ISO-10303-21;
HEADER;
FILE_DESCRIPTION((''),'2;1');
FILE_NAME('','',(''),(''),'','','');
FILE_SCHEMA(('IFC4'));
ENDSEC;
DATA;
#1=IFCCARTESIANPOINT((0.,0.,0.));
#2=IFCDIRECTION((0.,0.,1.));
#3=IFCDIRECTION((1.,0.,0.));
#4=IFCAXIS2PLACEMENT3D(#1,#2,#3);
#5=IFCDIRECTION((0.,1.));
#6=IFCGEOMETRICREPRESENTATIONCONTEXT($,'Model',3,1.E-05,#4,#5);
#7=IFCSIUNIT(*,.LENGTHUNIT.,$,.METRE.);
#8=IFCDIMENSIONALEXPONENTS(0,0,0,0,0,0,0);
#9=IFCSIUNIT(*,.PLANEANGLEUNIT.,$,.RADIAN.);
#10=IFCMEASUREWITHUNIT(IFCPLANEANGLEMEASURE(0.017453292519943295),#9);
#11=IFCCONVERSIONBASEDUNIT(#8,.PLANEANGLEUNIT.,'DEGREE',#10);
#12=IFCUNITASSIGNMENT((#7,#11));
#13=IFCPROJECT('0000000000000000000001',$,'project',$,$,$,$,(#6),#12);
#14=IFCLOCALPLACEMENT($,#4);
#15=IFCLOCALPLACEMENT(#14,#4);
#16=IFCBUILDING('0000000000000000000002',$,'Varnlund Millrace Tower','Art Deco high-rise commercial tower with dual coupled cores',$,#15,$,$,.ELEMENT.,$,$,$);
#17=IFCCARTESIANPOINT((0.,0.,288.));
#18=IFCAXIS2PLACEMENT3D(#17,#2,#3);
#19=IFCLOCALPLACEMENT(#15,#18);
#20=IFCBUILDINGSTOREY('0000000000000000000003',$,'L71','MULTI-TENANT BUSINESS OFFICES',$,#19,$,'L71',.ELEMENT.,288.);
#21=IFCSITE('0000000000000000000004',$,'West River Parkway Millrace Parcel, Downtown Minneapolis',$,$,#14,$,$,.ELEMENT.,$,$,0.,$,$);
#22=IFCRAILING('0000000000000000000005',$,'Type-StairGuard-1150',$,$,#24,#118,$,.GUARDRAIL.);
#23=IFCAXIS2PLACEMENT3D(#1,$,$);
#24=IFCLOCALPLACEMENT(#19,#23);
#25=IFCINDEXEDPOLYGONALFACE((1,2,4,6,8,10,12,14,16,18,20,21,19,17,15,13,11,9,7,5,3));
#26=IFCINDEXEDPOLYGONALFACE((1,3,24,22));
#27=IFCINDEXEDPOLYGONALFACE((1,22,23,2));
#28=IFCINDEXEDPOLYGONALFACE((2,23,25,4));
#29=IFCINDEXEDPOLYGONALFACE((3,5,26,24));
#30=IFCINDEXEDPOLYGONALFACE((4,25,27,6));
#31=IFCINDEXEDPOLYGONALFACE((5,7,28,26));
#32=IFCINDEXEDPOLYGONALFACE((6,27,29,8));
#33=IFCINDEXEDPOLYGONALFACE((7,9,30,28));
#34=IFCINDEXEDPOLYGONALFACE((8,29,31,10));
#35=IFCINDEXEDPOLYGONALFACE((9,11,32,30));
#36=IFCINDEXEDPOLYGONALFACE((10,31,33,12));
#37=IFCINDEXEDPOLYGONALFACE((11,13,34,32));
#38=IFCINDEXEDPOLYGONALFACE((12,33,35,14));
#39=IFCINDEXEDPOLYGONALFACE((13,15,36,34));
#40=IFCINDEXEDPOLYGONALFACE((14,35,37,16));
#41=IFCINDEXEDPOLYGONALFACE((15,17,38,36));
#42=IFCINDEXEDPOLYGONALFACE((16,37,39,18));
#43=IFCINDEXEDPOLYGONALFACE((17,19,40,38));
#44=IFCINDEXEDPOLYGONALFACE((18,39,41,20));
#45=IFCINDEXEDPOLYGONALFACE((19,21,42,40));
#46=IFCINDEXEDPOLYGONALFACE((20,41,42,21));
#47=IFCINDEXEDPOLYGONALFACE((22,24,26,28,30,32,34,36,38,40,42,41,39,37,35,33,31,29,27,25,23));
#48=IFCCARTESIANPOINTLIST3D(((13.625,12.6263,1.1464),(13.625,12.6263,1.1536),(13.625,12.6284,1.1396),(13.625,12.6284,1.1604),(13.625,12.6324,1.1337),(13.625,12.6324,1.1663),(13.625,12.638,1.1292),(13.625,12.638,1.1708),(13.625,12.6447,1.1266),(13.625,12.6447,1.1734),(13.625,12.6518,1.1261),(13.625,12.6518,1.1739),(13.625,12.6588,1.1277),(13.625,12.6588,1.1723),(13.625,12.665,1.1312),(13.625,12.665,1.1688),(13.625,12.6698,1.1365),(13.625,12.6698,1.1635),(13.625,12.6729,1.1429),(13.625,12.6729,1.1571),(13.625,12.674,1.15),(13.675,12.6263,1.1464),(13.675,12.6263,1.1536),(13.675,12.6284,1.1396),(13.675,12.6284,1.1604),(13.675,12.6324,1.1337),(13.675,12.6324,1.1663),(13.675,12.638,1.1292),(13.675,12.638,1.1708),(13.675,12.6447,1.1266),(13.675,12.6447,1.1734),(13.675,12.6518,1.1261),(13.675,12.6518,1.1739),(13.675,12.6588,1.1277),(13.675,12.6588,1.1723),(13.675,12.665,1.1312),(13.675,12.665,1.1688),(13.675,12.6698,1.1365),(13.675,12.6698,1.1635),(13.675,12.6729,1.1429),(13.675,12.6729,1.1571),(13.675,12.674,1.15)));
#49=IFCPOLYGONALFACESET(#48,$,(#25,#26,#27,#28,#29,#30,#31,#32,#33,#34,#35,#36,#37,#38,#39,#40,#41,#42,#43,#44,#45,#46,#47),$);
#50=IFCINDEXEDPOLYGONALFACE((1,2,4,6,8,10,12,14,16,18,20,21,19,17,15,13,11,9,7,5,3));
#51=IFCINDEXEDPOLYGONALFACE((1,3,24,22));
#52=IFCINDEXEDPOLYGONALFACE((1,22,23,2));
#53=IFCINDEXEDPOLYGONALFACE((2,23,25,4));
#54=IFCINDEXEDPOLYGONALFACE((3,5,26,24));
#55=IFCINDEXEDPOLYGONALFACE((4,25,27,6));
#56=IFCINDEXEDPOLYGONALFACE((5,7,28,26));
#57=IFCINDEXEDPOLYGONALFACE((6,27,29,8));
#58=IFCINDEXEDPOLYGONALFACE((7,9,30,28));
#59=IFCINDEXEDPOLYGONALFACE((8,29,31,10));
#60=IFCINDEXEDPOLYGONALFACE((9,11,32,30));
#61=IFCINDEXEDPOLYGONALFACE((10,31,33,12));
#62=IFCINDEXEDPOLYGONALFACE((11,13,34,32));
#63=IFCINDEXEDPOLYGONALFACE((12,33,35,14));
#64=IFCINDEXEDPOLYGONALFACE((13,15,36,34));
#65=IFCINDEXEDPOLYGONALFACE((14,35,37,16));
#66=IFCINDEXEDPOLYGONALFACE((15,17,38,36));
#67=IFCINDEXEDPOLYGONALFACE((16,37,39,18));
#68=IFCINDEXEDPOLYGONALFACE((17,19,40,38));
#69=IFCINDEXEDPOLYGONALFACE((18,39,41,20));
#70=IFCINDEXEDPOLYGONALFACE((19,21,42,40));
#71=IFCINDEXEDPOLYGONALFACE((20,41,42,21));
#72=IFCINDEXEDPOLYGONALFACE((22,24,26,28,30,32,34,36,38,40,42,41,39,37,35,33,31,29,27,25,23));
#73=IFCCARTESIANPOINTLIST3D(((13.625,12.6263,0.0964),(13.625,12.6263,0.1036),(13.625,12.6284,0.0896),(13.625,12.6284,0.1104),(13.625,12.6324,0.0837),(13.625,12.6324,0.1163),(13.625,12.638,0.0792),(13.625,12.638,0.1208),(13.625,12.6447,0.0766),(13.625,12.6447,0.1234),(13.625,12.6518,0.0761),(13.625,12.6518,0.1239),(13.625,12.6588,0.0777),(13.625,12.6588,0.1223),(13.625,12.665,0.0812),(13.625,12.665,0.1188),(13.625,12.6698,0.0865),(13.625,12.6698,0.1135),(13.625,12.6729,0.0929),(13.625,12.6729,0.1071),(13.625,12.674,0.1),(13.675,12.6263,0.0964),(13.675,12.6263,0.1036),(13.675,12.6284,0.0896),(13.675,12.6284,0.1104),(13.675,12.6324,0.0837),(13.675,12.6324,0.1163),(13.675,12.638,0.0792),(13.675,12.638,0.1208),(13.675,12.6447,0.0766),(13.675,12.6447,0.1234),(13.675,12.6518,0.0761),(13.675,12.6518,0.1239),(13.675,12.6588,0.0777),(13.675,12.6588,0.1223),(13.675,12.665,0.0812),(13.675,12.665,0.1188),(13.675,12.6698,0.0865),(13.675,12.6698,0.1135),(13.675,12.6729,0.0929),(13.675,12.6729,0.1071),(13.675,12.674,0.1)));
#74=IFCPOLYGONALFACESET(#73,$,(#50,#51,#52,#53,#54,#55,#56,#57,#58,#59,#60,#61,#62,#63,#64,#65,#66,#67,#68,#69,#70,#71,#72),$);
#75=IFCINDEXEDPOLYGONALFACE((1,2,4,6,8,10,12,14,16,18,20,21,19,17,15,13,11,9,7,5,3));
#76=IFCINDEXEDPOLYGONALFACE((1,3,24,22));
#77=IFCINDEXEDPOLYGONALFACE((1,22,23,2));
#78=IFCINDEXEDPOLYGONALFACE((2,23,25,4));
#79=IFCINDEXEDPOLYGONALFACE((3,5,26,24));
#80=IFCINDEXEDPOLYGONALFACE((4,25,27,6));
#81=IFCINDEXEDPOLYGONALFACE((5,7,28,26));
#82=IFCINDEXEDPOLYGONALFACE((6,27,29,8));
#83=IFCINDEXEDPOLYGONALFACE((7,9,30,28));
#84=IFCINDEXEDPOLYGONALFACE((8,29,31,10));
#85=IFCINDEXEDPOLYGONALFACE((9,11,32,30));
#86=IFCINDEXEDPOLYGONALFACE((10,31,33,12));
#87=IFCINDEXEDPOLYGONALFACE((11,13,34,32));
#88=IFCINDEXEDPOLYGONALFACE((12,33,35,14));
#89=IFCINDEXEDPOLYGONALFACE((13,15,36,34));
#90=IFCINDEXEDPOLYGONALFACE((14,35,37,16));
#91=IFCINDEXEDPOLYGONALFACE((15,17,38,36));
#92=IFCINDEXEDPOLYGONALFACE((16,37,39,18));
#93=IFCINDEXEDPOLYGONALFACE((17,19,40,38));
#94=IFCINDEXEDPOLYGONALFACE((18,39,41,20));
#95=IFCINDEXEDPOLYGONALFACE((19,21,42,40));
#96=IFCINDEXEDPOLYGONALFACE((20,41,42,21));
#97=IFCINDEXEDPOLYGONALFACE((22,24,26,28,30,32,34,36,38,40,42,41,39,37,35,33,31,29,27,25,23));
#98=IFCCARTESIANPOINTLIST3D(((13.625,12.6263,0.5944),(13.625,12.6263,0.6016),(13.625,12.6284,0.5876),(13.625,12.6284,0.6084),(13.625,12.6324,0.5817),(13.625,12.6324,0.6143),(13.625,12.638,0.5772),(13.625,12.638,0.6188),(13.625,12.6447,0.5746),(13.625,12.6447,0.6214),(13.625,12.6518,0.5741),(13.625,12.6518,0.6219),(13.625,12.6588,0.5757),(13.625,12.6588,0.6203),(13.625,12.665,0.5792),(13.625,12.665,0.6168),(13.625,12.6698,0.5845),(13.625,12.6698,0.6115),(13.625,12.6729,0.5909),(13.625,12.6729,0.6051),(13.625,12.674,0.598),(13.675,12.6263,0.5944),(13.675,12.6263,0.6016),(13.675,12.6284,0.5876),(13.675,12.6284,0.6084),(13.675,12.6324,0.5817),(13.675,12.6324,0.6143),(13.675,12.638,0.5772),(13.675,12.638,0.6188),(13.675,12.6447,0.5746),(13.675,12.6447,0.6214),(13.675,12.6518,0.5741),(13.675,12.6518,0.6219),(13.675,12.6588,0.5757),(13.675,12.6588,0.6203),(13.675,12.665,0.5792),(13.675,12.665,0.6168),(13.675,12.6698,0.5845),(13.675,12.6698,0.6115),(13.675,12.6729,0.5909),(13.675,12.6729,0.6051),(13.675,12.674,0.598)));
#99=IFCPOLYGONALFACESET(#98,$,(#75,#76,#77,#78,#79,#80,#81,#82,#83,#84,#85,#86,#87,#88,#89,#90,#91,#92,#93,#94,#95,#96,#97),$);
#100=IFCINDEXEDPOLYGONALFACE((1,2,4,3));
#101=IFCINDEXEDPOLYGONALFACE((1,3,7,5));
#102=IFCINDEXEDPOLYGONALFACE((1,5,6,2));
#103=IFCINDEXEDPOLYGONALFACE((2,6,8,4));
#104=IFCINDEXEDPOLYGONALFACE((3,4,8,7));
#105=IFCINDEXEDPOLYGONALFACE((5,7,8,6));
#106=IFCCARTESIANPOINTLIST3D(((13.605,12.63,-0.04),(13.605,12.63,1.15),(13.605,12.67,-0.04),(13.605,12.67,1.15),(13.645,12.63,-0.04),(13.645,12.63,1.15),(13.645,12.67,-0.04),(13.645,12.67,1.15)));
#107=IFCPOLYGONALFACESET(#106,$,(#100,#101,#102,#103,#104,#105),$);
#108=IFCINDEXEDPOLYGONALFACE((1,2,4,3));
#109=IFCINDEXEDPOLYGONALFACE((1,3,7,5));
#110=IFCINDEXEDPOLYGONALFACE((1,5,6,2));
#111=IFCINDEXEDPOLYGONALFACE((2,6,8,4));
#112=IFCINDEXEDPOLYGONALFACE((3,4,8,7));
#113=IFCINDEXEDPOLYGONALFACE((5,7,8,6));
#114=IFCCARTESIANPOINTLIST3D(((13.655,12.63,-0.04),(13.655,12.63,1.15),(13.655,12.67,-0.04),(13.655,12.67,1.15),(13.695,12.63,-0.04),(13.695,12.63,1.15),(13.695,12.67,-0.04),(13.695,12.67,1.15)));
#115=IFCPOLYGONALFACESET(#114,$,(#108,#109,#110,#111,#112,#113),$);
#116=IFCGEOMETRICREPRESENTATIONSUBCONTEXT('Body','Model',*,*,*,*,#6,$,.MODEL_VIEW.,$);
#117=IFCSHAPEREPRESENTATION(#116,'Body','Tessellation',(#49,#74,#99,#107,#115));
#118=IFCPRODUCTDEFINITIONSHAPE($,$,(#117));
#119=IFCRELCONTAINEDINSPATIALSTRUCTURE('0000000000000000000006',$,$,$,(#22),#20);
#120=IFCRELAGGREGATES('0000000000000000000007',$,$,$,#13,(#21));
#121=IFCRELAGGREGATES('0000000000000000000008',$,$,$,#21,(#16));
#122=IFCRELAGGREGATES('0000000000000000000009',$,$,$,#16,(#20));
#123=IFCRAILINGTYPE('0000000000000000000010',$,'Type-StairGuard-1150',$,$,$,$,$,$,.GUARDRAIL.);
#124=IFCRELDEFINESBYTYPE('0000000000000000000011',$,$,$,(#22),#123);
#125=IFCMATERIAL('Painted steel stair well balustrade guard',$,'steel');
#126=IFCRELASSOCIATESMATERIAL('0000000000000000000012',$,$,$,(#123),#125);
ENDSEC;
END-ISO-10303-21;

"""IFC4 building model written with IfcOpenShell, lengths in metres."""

from ifc_helpers import new_model, entity, si_unit, converted_unit, direction, frame, origin_with_axes, origin_2d_with_axis, place, context, subcontext, project, spatial, rectangle, circle, extrude, material, type_object, element, save


model = new_model("IFC4")

# Units and contexts
model_context = context("Model", 3, precision=1e-05, world=origin_with_axes(), true_north=direction((0.0, 1.0)))
body_context = subcontext(model_context, "Body", "Model", "MODEL_VIEW")
ifc_project = project(units=[si_unit("LENGTHUNIT", "METRE"), converted_unit("PLANEANGLEUNIT", "DEGREE", entity("IfcPlaneAngleMeasure", 0.017453292519943295), si_unit("PLANEANGLEUNIT", "RADIAN"), dimensions=[0, 0, 0, 0, 0, 0, 0])], contexts=[model_context])

# Site, building, storey
site_placement = place(None, origin_with_axes())
site = spatial("IfcSite", under=ifc_project, at=site_placement, Name="West River Parkway Millrace Parcel, Downtown Minneapolis", CompositionType="ELEMENT", RefElevation=0.0)
building_placement = place(site_placement, origin_with_axes())
building = spatial("IfcBuilding", under=site, at=building_placement, Name="Varnlund Millrace Tower", Description="Art Deco high-rise commercial tower with dual coupled cores", CompositionType="ELEMENT")
storey_placement = place(building_placement, frame((0.0, 0.0, 288.0), z_axis=(0.0, 0.0, 1.0), x_axis=(1.0, 0.0, 0.0)))
storey = spatial("IfcBuildingStorey", under=building, at=storey_placement, Name="L71", Description="MULTI-TENANT BUSINESS OFFICES", LongName="L71", CompositionType="ELEMENT", Elevation=288.0)

# Railing
ifc_material_1 = material(Name="Painted steel stair well balustrade guard", Category="steel")
railing_type_1 = type_object("IfcRailingType", Name="Type-StairGuard-1150", PredefinedType="GUARDRAIL", material=ifc_material_1)
railing_1_placement = place(storey_placement, frame((0.0, 0.0, -288.0), z_axis=(0.0, 0.0, 1.0), x_axis=(1.0, 0.0, 0.0)))
element("IfcRailing", 1, at=railing_1_placement, inside=storey, type_object=railing_type_1, Name="Type-StairGuard-1150", PredefinedType="GUARDRAIL", context=body_context, shape_type="SweptSolid", body=[
    extrude(circle(Radius=0.024, at=origin_2d_with_axis()), frame((13.625, 12.65, 289.15), z_axis=(1.0, 0.0, 0.0), x_axis=(0.0, 1.0, 0.0)), (0.0, 0.0, 1.0), 0.05),
    extrude(circle(Radius=0.024, at=origin_2d_with_axis()), frame((13.625, 12.65, 288.1), z_axis=(1.0, 0.0, 0.0), x_axis=(0.0, 1.0, 0.0)), (0.0, 0.0, 1.0), 0.05),
    extrude(circle(Radius=0.024, at=origin_2d_with_axis()), frame((13.625, 12.65, 288.598), z_axis=(1.0, 0.0, 0.0), x_axis=(0.0, 1.0, 0.0)), (0.0, 0.0, 1.0), 0.05),
    extrude(rectangle(XDim=0.04, YDim=0.04, at=origin_2d_with_axis()), frame((13.625, 12.65, 287.96), z_axis=(0.0, 0.0, 1.0), x_axis=(1.0, 0.0, 0.0)), (0.0, 0.0, 1.0), 1.19),
    extrude(rectangle(XDim=0.04, YDim=0.04, at=origin_2d_with_axis()), frame((13.675, 12.65, 287.96), z_axis=(0.0, 0.0, 1.0), x_axis=(1.0, 0.0, 0.0)), (0.0, 0.0, 1.0), 1.19),
])

save(model, "model.ifc")
